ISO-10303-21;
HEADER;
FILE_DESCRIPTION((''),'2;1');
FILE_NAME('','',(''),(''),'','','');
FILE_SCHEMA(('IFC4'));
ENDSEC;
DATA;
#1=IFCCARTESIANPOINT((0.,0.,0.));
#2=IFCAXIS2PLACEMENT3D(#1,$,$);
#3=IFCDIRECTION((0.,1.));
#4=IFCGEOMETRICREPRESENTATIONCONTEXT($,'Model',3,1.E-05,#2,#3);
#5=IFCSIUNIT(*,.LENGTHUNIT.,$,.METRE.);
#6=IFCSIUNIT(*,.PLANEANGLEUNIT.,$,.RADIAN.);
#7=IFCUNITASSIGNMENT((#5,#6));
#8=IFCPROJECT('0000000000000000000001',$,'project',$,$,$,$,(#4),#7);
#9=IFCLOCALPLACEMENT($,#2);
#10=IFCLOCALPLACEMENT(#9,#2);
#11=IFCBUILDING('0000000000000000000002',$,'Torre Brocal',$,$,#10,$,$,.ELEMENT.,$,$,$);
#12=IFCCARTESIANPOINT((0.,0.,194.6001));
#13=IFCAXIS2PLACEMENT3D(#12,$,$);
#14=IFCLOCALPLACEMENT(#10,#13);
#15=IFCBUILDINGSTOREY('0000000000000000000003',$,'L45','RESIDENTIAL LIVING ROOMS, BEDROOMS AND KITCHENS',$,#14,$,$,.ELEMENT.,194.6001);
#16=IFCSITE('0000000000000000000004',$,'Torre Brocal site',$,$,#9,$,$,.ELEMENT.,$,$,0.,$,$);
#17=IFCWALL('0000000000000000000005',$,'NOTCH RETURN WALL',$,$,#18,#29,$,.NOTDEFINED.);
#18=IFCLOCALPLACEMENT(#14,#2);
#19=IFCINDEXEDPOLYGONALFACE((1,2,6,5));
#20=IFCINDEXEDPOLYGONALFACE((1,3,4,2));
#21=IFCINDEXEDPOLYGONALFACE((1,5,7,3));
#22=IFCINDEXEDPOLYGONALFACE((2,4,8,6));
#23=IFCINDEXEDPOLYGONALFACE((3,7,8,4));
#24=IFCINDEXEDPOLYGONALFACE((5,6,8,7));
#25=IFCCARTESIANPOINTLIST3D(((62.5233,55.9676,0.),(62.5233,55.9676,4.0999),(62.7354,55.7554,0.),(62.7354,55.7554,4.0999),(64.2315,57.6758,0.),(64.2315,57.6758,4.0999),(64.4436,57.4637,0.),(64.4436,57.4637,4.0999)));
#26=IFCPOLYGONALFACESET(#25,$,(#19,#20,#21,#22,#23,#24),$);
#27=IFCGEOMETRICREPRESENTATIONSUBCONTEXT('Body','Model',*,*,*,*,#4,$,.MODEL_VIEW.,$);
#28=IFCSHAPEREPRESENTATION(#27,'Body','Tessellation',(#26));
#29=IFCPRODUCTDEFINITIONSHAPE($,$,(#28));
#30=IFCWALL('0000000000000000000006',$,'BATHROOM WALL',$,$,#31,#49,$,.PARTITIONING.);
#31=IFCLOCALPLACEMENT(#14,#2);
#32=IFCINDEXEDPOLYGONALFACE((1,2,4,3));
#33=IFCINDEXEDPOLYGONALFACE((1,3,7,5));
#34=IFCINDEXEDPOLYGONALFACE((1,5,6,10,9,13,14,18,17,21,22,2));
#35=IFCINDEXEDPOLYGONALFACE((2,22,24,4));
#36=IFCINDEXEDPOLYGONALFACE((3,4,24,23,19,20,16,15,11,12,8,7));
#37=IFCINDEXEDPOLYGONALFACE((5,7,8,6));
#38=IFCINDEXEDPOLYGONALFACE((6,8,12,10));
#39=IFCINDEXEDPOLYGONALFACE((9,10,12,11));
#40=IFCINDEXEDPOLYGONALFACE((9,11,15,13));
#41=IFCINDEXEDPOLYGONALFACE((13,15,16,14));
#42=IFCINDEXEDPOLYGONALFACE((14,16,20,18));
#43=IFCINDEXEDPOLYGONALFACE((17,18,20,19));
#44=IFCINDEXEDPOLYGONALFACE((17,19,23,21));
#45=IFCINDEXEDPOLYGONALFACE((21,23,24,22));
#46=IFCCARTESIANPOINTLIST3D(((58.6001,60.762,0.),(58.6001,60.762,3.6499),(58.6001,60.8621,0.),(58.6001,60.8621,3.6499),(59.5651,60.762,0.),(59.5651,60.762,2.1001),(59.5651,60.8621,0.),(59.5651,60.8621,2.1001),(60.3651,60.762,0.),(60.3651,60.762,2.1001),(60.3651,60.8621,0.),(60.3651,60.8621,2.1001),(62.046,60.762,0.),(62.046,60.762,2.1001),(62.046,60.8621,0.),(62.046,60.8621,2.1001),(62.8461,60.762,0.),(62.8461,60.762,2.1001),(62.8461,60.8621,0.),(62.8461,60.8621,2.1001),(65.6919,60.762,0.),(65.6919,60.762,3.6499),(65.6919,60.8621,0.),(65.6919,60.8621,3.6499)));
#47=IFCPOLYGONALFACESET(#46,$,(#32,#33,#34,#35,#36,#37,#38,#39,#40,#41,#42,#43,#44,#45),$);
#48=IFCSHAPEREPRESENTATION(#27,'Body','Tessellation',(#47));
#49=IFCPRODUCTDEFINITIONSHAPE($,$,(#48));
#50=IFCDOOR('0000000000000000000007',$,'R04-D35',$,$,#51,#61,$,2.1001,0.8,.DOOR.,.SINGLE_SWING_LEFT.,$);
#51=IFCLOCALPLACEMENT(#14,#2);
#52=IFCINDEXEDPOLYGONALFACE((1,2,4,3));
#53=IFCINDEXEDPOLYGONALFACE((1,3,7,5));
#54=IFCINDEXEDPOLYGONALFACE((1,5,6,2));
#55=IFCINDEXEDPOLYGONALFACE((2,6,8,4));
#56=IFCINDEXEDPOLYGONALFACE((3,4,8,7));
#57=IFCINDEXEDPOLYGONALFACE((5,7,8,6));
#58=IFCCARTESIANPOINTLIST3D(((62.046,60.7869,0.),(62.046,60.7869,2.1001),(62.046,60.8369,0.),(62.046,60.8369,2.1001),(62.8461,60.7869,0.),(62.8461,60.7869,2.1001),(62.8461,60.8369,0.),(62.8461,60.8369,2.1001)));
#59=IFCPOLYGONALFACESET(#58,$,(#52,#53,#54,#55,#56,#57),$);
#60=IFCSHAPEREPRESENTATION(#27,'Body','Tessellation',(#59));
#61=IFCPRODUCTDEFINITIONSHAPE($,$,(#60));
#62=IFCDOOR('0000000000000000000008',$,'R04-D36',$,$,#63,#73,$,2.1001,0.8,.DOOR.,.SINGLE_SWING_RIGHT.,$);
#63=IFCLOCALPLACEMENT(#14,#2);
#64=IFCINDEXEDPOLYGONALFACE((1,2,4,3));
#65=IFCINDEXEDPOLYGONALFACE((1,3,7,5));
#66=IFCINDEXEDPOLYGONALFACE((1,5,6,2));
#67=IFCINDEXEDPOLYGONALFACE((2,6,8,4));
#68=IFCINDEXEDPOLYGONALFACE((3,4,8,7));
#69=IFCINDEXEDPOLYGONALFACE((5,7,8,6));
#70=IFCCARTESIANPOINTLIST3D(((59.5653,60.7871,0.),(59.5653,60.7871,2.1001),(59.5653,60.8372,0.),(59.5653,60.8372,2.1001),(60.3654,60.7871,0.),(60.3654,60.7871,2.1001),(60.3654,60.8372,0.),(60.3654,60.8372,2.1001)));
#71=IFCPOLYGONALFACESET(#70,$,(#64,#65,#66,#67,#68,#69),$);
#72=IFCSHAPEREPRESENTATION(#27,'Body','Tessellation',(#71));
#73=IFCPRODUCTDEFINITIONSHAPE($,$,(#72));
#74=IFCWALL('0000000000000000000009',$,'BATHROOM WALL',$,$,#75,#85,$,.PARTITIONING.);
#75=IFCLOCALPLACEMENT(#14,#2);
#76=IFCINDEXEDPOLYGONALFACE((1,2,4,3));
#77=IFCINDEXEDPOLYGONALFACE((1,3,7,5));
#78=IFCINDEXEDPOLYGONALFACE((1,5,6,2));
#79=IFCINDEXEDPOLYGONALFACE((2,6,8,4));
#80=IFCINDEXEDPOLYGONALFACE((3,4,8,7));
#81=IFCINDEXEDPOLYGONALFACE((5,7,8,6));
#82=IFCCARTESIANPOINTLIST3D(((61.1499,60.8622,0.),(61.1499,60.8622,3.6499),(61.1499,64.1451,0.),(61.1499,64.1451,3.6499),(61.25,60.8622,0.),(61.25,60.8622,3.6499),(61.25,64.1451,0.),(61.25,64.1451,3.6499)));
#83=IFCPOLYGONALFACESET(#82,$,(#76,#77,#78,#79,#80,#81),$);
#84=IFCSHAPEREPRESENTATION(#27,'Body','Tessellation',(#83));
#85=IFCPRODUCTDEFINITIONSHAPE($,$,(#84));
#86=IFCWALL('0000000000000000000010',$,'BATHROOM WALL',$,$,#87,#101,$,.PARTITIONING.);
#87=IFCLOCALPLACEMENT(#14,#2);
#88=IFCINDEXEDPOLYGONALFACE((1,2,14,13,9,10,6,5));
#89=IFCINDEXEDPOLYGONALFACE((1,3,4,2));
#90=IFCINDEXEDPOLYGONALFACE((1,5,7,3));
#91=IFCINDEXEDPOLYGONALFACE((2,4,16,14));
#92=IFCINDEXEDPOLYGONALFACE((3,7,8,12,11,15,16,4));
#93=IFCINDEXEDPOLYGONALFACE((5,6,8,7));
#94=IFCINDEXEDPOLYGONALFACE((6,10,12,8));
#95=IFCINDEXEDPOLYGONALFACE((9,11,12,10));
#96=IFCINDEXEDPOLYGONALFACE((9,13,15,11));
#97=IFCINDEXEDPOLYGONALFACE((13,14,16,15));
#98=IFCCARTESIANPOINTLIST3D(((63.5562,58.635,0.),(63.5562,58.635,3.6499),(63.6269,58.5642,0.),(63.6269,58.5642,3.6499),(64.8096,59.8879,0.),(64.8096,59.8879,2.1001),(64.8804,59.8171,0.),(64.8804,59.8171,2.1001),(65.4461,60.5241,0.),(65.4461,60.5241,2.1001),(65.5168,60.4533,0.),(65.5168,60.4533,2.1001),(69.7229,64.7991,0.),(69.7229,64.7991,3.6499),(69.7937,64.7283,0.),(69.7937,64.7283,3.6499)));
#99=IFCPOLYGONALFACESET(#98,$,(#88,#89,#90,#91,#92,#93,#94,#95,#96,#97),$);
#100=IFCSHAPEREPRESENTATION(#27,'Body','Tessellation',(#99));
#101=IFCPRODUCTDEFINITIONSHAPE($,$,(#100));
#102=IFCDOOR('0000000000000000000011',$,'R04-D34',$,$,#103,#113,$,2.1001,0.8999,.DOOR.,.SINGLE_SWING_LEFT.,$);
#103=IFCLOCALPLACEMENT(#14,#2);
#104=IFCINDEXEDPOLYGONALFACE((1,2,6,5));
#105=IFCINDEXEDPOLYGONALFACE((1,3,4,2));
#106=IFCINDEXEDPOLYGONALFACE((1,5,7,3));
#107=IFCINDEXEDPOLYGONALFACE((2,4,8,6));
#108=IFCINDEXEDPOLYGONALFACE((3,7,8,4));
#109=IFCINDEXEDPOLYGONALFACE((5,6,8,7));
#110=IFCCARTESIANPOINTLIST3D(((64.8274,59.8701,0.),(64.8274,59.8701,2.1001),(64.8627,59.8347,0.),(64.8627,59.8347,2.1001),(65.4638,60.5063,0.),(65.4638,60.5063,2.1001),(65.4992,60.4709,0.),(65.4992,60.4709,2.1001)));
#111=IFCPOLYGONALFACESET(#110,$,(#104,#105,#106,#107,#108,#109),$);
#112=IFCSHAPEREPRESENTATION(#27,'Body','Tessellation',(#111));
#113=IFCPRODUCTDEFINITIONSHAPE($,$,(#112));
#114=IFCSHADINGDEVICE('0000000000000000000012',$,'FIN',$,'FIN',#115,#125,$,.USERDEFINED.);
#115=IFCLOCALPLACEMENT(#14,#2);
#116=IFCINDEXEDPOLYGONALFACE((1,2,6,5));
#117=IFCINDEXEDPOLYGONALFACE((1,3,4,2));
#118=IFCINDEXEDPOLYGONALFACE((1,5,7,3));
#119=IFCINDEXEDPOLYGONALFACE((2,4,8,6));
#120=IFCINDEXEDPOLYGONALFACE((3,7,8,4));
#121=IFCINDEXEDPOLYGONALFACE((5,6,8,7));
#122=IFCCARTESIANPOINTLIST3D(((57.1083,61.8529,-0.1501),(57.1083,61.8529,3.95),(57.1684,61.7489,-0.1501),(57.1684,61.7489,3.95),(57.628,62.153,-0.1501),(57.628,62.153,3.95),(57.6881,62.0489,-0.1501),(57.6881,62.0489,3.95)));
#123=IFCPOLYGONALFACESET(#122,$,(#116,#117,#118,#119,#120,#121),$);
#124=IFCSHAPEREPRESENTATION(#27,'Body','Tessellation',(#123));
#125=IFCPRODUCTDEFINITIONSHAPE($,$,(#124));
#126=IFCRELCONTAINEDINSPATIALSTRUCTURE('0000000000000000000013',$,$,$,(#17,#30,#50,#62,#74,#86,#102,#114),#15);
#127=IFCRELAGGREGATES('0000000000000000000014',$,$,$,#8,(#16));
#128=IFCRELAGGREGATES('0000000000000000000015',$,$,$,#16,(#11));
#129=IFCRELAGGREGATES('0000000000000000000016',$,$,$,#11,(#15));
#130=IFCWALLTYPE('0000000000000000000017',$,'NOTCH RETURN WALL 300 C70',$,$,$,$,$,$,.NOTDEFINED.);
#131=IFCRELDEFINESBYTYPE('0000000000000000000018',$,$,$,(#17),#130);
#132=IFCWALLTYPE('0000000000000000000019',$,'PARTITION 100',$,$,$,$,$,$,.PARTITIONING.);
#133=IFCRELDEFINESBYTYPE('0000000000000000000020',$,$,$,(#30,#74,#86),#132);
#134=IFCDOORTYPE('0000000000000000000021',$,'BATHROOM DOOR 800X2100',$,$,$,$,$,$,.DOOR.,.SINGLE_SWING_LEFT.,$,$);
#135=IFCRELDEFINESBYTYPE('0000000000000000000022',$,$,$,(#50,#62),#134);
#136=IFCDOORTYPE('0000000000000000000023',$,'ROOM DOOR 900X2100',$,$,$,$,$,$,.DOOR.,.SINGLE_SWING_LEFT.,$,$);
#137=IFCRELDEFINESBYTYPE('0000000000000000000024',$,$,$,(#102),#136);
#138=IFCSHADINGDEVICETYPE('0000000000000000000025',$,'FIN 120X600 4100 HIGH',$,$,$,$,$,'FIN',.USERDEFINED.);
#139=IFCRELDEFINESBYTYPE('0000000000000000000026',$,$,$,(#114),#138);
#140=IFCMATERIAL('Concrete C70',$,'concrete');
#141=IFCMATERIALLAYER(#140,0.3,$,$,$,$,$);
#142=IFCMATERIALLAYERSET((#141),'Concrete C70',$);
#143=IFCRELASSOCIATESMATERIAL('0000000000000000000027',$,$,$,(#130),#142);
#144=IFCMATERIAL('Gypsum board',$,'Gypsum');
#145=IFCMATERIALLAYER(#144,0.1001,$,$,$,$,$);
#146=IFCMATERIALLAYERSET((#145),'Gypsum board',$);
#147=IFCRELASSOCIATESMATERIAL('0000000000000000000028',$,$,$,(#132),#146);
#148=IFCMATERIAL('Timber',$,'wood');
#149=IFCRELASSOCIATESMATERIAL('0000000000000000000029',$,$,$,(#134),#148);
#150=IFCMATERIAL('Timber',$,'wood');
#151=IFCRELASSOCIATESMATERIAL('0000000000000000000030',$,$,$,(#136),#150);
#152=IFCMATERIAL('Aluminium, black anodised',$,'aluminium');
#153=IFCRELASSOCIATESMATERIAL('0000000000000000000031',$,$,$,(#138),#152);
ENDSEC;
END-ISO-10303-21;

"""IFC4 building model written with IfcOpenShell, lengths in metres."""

from ifc_helpers import new_model, si_unit, direction, frame, frame_2d, origin, origin_2d, place, context, subcontext, project, spatial, rectangle, extrude, material, layer, layer_set, material_profile, profile_set, type_object, element, fill, save


model = new_model("IFC4")

# Units and contexts
model_context = context("Model", 3, precision=1e-05, world=origin(), true_north=direction((0.0, 1.0)))
body_context = subcontext(model_context, "Body", "Model", "MODEL_VIEW")
ifc_project = project(units=[si_unit("LENGTHUNIT", "METRE"), si_unit("PLANEANGLEUNIT", "RADIAN")], contexts=[model_context])

# Site, building, storey
site_placement = place(None, origin())
site = spatial("IfcSite", under=ifc_project, at=site_placement, Name="Torre Brocal site", CompositionType="ELEMENT", RefElevation=0.0)
building_placement = place(site_placement, origin())
building = spatial("IfcBuilding", under=site, at=building_placement, Name="Torre Brocal", CompositionType="ELEMENT")
storey_placement = place(building_placement, frame((0.0, 0.0, 194.6001)))
storey = spatial("IfcBuildingStorey", under=building, at=storey_placement, Name="L45", Description="RESIDENTIAL LIVING ROOMS, BEDROOMS AND KITCHENS", CompositionType="ELEMENT", Elevation=194.6001)

# Wall
ifc_material_1 = material(Name="Concrete C70", Category="concrete")
ifc_layer_1 = layer(ifc_material_1, 0.3)
ifc_layer_set_1 = layer_set([ifc_layer_1], Name="Concrete C70")
wall_type_1 = type_object("IfcWallType", Name="NOTCH RETURN WALL 300 C70", PredefinedType="NOTDEFINED", material=ifc_layer_set_1)
for number, where, z_axis, x_axis, name in (
    (1, (64.3376, 57.5698, 0.0), (0.0, 0.0, 1.0), (-0.707107, -0.707107, 0.0), "NOTCH RETURN WALL"),
):
    element("IfcWall", number, at=place(storey_placement, frame(where, z_axis=z_axis, x_axis=x_axis)), inside=storey, type_object=wall_type_1, Name=name, PredefinedType="NOTDEFINED", context=body_context, shape_type="SweptSolid", body=[
        extrude(rectangle(XDim=2.4158, YDim=0.3, at=frame_2d((1.208, 0.0))), origin(), (0.0, 0.0, 1.0), 4.0999),
    ])

# Wall, openings, doors
ifc_material_2 = material(Name="Gypsum board", Category="Gypsum")
ifc_layer_2 = layer(ifc_material_2, 0.1001)
ifc_layer_set_2 = layer_set([ifc_layer_2], Name="Gypsum board")
wall_type_2 = type_object("IfcWallType", Name="PARTITION 100", PredefinedType="PARTITIONING", material=ifc_layer_set_2)
wall_1_placement = place(storey_placement, frame((58.6001, 60.812, 0.0), z_axis=(0.0, 0.0, 1.0), x_axis=(1.0, 0.0, 0.0)))
wall_1 = element("IfcWall", 2, at=wall_1_placement, inside=storey, type_object=wall_type_2, Name="BATHROOM WALL", PredefinedType="PARTITIONING", context=body_context, shape_type="SweptSolid", body=[
    extrude(rectangle(XDim=7.0918, YDim=0.1001, at=frame_2d((3.5459, 0.0))), origin(), (0.0, 0.0, 1.0), 3.6499),
])
opening_1_placement = place(wall_1_placement, frame((3.446, 0.0, 0.0)))
opening_1 = element("IfcOpeningElement", 3, at=opening_1_placement, cuts=wall_1, PredefinedType="OPENING", context=body_context, shape_type="SweptSolid", body=[
    extrude(rectangle(XDim=0.8, YDim=2.1001, at=frame_2d((0.3999, 1.05))), frame((0.0, 0.0601, 0.0), z_axis=(0.0, -1.0, 0.0), x_axis=(1.0, 0.0, 0.0)), (0.0, 0.0, 1.0), 0.1201),
])
opening_2_placement = place(wall_1_placement, frame((0.9651, 0.0, 0.0)))
opening_2 = element("IfcOpeningElement", 4, at=opening_2_placement, cuts=wall_1, PredefinedType="OPENING", context=body_context, shape_type="SweptSolid", body=[
    extrude(rectangle(XDim=0.8, YDim=2.1001, at=frame_2d((0.3999, 1.05))), frame((0.0, 0.0601, 0.0), z_axis=(0.0, -1.0, 0.0), x_axis=(1.0, 0.0, 0.0)), (0.0, 0.0, 1.0), 0.1201),
])
ifc_material_3 = material(Name="Timber", Category="wood")
door_type_1 = type_object("IfcDoorType", Name="BATHROOM DOOR 800X2100", OperationType="SINGLE_SWING_LEFT", PredefinedType="DOOR", material=ifc_material_3)
door_1_placement = place(opening_1_placement, origin())
door_1 = element("IfcDoor", 5, at=door_1_placement, inside=storey, type_object=door_type_1, Name="R04-D35", OperationType="SINGLE_SWING_LEFT", OverallHeight=2.1001, OverallWidth=0.8, PredefinedType="DOOR", context=body_context, shape_type="SweptSolid", body=[
    extrude(rectangle(XDim=0.8, YDim=2.1001, at=frame_2d((0.3999, 1.05))), frame((0.0, 0.0249, 0.0), z_axis=(0.0, -1.0, 0.0), x_axis=(1.0, 0.0, 0.0)), (0.0, 0.0, 1.0), 0.05),
])
fill(opening_1, door_1)
door_2_placement = place(opening_2_placement, frame((0.8, 0.0, 0.0), z_axis=(0.0, 0.0, 1.0), x_axis=(-1.0, 0.0, 0.0)))
door_2 = element("IfcDoor", 6, at=door_2_placement, inside=storey, type_object=door_type_1, Name="R04-D36", OperationType="SINGLE_SWING_RIGHT", OverallHeight=2.1001, OverallWidth=0.8, PredefinedType="DOOR", context=body_context, shape_type="SweptSolid", body=[
    extrude(rectangle(XDim=0.8, YDim=2.1001, at=frame_2d((0.3999, 1.05))), frame((0.0, 0.0249, 0.0), z_axis=(0.0, -1.0, 0.0), x_axis=(1.0, 0.0, 0.0)), (0.0, 0.0, 1.0), 0.05),
])
fill(opening_2, door_2)

# Wall
wall_2_placement = place(storey_placement, frame((61.2, 60.8621, 0.0), z_axis=(0.0, 0.0, 1.0), x_axis=(0.0, 1.0, 0.0)))
element("IfcWall", 7, at=wall_2_placement, inside=storey, type_object=wall_type_2, Name="BATHROOM WALL", PredefinedType="PARTITIONING", context=body_context, shape_type="SweptSolid", body=[
    extrude(rectangle(XDim=3.283, YDim=0.1001, at=frame_2d((1.6416, 0.0))), origin(), (0.0, 0.0, 1.0), 3.6499),
])

# Wall, opening, door
wall_3_placement = place(storey_placement, frame((63.5916, 58.5996, 0.0), z_axis=(0.0, 0.0, 1.0), x_axis=(0.707261, 0.706953, 0.0)))
wall_3 = element("IfcWall", 8, at=wall_3_placement, inside=storey, type_object=wall_type_2, Name="BATHROOM WALL", PredefinedType="PARTITIONING", context=body_context, shape_type="SweptSolid", body=[
    extrude(rectangle(XDim=8.7192, YDim=0.1001, at=frame_2d((4.3596, 0.0))), origin(), (0.0, 0.0, 1.0), 3.6499),
])
opening_3_placement = place(wall_3_placement, frame((1.7722, 0.0, 0.0)))
opening_3 = element("IfcOpeningElement", 9, at=opening_3_placement, cuts=wall_3, PredefinedType="OPENING", context=body_context, shape_type="SweptSolid", body=[
    extrude(rectangle(XDim=0.8999, YDim=2.1001, at=frame_2d((0.45, 1.05))), frame((0.0, 0.0601, 0.0), z_axis=(0.0, -1.0, 0.0), x_axis=(1.0, 0.0, 0.0)), (0.0, 0.0, 1.0), 0.1201),
])
ifc_material_4 = material(Name="Timber", Category="wood")
door_type_2 = type_object("IfcDoorType", Name="ROOM DOOR 900X2100", OperationType="SINGLE_SWING_LEFT", PredefinedType="DOOR", material=ifc_material_4)
door_3_placement = place(opening_3_placement, origin())
door_3 = element("IfcDoor", 10, at=door_3_placement, inside=storey, type_object=door_type_2, Name="R04-D34", OperationType="SINGLE_SWING_LEFT", OverallHeight=2.1001, OverallWidth=0.8999, PredefinedType="DOOR", context=body_context, shape_type="SweptSolid", body=[
    extrude(rectangle(XDim=0.8999, YDim=2.1001, at=frame_2d((0.45, 1.05))), frame((0.0, 0.0249, 0.0), z_axis=(0.0, -1.0, 0.0), x_axis=(1.0, 0.0, 0.0)), (0.0, 0.0, 1.0), 0.05),
])
fill(opening_3, door_3)

# Shading device
ifc_material_5 = material(Name="Aluminium, black anodised", Category="aluminium")
ifc_material_profile_1 = material_profile(ifc_material_5, rectangle(XDim=0.1201, YDim=0.6001, at=origin_2d()), Name="FIN 120X600 4100 HIGH")
ifc_profile_set_1 = profile_set([ifc_material_profile_1], Name="Aluminium, black anodised")
shading_device_type = type_object("IfcShadingDeviceType", Name="FIN 120X600 4100 HIGH", ElementType="FIN", PredefinedType="USERDEFINED", material=ifc_profile_set_1)
shading_device_placement = place(storey_placement, frame((57.3982, 61.9509, -0.1501), z_axis=(0.0, 0.0, 1.0), x_axis=(0.5, -0.866025, 0.0)))
element("IfcShadingDevice", 11, at=shading_device_placement, inside=storey, type_object=shading_device_type, Name="FIN", ObjectType="FIN", PredefinedType="USERDEFINED", context=body_context, shape_type="SweptSolid", body=[
    extrude(rectangle(XDim=0.1201, YDim=0.6001, at=origin_2d()), origin(), (0.0, 0.0, 1.0), 4.1001),
])

save(model, "model.ifc")
